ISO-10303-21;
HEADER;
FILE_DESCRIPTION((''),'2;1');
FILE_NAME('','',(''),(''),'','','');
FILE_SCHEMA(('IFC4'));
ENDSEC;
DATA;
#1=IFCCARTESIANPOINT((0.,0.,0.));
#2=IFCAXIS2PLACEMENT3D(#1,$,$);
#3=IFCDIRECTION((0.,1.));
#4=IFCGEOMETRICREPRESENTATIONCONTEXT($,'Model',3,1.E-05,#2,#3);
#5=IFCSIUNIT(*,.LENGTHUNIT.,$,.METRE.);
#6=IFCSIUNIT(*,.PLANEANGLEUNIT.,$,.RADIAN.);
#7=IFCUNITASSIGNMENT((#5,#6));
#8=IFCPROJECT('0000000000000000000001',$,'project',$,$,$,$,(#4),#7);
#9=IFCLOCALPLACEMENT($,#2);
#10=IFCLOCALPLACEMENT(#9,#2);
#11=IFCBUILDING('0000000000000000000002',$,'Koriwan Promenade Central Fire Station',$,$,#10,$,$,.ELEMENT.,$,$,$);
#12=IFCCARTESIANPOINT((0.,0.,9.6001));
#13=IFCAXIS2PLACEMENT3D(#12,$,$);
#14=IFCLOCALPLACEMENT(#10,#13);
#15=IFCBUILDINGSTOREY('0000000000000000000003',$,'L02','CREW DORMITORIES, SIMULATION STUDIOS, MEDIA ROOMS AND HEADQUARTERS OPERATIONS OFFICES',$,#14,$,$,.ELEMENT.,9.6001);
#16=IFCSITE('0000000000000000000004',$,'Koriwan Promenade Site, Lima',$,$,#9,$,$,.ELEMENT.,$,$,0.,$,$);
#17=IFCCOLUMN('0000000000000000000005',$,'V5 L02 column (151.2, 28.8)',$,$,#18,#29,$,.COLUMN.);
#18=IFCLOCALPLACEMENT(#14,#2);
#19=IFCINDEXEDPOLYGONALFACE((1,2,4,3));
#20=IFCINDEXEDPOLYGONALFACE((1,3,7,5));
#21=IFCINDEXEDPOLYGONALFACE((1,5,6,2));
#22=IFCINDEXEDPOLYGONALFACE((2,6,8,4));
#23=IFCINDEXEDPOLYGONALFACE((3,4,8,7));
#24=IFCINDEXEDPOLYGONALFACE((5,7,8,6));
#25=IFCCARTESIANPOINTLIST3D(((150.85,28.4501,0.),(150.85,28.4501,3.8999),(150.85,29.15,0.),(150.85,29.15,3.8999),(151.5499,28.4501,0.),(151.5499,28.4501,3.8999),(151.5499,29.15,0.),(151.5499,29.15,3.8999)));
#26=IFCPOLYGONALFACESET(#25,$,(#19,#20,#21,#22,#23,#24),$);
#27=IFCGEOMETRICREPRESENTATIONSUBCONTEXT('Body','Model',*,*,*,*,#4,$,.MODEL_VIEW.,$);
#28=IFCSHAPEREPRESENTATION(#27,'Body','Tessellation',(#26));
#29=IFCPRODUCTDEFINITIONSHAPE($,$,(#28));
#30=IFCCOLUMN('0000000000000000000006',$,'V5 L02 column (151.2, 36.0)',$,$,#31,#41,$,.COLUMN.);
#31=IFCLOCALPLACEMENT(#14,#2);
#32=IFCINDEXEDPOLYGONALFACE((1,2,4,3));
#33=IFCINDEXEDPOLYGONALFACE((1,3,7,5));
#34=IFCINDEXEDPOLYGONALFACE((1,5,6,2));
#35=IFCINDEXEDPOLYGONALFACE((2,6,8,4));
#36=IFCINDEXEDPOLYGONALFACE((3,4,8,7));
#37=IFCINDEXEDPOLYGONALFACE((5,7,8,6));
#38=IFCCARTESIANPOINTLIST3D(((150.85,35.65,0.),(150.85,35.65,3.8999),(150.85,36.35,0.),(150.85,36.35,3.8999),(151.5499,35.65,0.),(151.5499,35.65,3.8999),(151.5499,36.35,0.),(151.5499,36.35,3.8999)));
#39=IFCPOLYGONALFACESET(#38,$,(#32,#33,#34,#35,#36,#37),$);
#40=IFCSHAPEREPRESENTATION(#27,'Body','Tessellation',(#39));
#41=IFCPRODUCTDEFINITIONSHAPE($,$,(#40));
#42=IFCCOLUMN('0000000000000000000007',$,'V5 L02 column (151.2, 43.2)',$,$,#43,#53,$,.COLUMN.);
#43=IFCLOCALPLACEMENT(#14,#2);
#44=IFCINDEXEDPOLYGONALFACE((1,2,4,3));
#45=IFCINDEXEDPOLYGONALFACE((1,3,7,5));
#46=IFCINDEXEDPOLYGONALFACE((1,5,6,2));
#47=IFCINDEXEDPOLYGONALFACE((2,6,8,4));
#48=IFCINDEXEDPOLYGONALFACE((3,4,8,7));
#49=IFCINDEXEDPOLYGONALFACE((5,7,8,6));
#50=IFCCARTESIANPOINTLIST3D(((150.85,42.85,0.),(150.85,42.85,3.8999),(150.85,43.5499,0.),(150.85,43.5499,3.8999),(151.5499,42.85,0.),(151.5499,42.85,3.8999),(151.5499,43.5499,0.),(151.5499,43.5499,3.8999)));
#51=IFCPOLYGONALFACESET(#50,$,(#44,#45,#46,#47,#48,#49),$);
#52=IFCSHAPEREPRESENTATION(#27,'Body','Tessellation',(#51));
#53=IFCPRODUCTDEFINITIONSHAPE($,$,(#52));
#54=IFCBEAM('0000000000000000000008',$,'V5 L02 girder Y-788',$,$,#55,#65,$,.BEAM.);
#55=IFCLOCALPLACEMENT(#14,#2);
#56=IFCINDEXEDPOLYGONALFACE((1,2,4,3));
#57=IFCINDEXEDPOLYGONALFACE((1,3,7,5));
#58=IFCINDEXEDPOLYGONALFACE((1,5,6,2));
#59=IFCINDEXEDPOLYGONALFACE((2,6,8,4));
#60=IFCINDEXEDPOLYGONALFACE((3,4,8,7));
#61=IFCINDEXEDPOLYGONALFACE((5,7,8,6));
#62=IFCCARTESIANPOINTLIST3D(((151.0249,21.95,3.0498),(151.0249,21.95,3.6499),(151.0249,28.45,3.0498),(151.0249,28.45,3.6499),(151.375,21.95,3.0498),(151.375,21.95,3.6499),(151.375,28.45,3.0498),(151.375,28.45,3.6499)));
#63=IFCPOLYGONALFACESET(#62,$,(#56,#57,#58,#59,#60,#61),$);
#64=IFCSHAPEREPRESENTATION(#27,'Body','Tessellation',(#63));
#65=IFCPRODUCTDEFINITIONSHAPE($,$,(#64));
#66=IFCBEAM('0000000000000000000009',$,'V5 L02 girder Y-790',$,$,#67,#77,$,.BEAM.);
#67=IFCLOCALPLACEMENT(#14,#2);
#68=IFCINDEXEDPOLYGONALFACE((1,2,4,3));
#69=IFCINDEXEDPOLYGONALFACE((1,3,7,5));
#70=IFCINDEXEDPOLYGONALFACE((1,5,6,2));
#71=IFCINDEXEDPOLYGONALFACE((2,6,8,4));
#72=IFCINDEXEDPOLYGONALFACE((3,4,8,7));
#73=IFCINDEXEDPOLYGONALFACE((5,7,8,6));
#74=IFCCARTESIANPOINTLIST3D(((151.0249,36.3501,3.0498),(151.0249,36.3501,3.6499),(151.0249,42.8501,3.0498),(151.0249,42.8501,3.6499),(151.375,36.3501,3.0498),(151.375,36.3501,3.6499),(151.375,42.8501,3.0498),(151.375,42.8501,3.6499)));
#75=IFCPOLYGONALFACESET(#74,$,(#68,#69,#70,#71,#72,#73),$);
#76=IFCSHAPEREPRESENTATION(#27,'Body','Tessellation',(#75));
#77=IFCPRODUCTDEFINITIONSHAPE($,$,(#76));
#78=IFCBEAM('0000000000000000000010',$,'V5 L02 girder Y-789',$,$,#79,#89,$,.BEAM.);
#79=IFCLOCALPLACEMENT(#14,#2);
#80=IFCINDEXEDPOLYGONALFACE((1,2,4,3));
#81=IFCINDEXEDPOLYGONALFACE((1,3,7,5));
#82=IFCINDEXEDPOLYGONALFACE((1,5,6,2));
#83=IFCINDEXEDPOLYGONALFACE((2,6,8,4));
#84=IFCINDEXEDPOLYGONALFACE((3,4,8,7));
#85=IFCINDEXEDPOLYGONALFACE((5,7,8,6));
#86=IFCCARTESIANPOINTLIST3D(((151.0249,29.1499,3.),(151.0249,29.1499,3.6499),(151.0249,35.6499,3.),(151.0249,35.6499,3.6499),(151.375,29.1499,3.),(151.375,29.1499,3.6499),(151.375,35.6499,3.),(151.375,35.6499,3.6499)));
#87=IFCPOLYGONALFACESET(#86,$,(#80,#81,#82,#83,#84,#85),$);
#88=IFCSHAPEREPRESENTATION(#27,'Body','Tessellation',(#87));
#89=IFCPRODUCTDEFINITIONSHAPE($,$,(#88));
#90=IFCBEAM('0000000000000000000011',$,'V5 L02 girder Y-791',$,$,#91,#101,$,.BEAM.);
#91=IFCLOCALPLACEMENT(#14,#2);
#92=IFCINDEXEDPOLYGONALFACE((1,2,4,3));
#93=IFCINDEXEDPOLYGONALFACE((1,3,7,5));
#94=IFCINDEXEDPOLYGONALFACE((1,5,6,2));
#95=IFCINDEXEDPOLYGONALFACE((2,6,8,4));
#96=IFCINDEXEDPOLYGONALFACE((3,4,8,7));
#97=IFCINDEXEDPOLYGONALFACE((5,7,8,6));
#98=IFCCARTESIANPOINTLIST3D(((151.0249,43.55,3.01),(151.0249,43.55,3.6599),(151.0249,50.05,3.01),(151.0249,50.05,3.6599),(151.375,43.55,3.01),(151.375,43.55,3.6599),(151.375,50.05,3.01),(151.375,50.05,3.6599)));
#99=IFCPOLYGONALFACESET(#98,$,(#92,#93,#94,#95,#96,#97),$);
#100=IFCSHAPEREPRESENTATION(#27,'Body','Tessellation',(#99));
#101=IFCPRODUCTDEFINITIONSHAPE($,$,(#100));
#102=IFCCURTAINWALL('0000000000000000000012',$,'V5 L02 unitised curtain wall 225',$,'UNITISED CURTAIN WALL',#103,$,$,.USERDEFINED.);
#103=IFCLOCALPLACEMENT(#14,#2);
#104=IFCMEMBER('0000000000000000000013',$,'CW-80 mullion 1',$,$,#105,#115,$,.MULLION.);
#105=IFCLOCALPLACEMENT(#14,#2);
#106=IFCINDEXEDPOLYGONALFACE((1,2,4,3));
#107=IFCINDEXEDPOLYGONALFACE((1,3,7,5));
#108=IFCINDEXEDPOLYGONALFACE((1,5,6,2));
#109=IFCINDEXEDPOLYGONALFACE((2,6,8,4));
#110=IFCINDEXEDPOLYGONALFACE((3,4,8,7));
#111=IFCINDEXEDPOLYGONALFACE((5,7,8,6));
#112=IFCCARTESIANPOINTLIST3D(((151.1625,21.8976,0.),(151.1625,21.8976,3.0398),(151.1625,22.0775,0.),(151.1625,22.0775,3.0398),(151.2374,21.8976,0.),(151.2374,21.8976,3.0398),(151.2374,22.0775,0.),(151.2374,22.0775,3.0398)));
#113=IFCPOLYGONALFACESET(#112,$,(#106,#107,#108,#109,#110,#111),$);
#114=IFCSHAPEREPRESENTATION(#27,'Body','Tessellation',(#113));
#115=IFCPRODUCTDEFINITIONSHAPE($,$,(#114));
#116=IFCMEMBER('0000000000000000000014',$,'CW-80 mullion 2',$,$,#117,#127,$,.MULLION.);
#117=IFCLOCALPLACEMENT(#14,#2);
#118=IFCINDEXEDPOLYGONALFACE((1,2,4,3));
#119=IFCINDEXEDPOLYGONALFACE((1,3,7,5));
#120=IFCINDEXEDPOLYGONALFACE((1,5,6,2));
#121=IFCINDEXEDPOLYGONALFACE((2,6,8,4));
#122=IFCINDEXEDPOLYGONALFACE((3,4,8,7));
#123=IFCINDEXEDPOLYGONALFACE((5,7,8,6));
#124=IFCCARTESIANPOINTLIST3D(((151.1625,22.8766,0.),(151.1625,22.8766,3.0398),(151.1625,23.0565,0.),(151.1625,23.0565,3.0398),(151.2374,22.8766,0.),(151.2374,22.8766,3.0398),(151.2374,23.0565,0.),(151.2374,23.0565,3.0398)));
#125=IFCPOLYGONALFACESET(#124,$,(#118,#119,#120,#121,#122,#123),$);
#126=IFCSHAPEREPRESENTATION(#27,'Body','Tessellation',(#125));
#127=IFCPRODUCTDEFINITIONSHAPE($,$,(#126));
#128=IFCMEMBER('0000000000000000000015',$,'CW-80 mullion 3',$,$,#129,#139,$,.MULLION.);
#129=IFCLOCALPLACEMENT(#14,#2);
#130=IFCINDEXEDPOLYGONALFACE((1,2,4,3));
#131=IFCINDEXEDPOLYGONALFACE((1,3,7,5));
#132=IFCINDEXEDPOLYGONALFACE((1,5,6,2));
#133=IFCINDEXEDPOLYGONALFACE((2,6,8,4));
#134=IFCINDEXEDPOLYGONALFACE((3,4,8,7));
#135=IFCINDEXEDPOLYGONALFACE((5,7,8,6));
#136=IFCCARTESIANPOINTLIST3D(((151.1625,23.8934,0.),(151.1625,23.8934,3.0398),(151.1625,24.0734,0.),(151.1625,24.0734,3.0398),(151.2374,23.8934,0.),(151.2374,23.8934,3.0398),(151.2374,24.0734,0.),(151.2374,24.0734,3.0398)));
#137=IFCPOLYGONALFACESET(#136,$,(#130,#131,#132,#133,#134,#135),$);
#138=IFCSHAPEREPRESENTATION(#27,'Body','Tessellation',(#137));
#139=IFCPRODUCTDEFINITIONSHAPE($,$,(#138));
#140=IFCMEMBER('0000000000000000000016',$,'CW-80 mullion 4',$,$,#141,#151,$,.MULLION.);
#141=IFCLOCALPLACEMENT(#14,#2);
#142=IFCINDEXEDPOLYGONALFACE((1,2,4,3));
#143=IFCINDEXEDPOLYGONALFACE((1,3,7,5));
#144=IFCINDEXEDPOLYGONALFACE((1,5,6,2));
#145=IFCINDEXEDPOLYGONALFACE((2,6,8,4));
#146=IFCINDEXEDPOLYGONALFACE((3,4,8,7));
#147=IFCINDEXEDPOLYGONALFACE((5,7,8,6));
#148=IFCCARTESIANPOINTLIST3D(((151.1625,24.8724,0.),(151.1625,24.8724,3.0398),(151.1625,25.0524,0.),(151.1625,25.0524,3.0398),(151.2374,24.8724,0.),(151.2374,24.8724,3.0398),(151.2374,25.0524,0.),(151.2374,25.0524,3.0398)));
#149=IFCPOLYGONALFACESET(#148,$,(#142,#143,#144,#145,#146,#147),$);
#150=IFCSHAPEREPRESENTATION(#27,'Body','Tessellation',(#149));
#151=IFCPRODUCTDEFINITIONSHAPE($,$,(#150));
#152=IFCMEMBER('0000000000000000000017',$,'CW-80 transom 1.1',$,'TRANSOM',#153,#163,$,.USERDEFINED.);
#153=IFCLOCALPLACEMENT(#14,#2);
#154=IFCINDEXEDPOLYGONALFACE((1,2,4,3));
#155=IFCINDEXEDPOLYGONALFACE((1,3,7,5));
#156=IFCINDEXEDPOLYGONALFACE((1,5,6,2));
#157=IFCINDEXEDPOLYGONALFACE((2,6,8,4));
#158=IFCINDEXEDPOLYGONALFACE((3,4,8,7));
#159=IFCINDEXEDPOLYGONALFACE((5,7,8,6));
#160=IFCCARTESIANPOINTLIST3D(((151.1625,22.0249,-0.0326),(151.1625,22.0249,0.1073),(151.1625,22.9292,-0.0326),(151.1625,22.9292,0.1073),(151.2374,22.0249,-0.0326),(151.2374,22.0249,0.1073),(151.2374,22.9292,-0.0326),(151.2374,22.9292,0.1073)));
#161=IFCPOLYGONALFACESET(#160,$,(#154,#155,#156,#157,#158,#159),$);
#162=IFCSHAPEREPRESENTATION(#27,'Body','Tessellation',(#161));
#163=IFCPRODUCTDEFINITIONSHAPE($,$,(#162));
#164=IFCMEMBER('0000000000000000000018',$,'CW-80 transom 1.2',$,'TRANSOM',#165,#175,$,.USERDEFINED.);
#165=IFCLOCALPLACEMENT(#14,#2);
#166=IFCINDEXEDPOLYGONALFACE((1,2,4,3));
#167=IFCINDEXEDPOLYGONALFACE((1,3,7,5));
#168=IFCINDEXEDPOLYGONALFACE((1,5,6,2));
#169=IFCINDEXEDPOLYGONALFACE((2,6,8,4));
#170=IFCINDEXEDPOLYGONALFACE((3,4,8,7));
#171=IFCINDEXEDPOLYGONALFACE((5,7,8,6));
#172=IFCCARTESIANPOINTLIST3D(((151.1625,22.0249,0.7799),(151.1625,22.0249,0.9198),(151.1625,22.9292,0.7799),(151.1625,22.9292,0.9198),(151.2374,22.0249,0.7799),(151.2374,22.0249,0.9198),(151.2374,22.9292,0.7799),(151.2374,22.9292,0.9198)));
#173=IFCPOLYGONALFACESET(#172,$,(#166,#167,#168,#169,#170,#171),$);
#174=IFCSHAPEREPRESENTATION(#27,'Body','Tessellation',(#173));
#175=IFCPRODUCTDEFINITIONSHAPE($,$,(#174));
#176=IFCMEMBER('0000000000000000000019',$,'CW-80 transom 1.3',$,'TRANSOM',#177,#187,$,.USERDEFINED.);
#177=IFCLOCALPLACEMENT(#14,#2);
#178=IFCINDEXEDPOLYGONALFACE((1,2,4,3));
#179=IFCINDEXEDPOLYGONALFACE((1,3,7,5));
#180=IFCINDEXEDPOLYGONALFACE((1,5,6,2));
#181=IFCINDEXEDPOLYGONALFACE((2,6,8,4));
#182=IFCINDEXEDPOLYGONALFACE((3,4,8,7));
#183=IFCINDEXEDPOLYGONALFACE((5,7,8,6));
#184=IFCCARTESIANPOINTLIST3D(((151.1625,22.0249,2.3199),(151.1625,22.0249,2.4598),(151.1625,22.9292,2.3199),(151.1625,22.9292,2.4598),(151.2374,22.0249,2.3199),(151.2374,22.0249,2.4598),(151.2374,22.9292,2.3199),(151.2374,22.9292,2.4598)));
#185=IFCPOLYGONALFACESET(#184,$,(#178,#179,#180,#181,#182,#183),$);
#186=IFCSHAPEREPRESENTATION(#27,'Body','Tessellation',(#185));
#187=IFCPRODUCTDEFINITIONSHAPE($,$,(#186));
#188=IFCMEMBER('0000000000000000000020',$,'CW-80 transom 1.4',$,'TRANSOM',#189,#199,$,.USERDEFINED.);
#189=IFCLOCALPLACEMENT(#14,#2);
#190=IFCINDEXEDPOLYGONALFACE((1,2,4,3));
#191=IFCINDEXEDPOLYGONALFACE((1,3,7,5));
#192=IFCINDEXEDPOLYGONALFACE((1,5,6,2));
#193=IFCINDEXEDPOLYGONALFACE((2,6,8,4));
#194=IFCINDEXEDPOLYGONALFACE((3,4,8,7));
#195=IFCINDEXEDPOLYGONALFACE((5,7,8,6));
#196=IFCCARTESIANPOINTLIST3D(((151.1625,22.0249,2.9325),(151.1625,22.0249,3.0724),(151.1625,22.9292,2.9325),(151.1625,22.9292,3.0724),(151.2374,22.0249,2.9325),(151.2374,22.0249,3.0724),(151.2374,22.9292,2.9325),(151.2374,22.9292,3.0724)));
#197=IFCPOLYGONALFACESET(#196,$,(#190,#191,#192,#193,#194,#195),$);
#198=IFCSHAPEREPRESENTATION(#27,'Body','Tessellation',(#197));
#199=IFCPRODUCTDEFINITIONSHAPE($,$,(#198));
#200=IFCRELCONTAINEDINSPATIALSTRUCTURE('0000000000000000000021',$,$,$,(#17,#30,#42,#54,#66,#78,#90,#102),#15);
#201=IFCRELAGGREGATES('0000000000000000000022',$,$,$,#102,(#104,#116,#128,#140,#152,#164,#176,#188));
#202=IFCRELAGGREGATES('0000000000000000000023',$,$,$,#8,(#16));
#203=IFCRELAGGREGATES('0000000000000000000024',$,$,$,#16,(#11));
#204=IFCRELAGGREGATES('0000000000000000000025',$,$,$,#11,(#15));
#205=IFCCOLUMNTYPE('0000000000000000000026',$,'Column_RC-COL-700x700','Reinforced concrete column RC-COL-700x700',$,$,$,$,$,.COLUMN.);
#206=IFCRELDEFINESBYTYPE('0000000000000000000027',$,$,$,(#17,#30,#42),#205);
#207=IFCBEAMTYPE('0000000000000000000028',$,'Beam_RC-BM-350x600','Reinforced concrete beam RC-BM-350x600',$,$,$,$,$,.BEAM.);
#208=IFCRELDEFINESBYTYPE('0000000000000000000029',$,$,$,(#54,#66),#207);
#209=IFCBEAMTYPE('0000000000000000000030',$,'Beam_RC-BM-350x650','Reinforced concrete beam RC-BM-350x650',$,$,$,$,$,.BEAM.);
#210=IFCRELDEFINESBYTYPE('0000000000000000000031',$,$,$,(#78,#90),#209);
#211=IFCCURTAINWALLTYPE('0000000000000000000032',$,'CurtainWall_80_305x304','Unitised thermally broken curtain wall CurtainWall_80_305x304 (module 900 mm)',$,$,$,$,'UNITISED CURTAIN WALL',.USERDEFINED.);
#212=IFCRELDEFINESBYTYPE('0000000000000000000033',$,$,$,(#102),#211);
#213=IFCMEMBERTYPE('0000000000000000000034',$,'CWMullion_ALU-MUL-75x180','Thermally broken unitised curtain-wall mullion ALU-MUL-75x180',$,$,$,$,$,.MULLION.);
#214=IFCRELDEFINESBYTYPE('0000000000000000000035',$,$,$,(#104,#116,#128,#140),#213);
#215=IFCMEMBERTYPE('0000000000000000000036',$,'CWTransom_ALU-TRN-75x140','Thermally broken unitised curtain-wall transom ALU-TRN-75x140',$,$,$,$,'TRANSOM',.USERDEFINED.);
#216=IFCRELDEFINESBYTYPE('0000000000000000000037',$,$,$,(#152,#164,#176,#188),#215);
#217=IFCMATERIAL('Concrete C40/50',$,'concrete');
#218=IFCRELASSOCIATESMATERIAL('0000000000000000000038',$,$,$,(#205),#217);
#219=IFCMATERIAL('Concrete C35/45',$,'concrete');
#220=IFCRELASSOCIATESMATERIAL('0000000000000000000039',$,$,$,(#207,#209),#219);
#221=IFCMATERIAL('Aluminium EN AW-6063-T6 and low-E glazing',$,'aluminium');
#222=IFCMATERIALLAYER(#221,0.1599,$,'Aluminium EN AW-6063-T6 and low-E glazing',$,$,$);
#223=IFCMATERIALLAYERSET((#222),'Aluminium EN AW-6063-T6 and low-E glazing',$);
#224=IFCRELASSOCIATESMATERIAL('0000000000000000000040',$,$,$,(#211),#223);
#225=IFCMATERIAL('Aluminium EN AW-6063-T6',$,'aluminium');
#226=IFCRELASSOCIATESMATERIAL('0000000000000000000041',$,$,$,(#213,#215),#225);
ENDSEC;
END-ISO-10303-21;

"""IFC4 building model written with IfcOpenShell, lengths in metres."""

from ifc_helpers import new_model, si_unit, direction, frame, origin, origin_2d, place, context, subcontext, project, spatial, rectangle, extrude, material, layer, layer_set, material_profile, profile_set, type_object, element, aggregate, save


model = new_model("IFC4")

# Units and contexts
model_context = context("Model", 3, precision=1e-05, world=origin(), true_north=direction((0.0, 1.0)))
body_context = subcontext(model_context, "Body", "Model", "MODEL_VIEW")
ifc_project = project(units=[si_unit("LENGTHUNIT", "METRE"), si_unit("PLANEANGLEUNIT", "RADIAN")], contexts=[model_context])

# Site, building, storey
site_placement = place(None, origin())
site = spatial("IfcSite", under=ifc_project, at=site_placement, Name="Koriwan Promenade Site, Lima", CompositionType="ELEMENT", RefElevation=0.0)
building_placement = place(site_placement, origin())
building = spatial("IfcBuilding", under=site, at=building_placement, Name="Koriwan Promenade Central Fire Station", CompositionType="ELEMENT")
storey_placement = place(building_placement, frame((0.0, 0.0, 9.6001)))
storey = spatial("IfcBuildingStorey", under=building, at=storey_placement, Name="L02", Description="CREW DORMITORIES, SIMULATION STUDIOS, MEDIA ROOMS AND HEADQUARTERS OPERATIONS OFFICES", CompositionType="ELEMENT", Elevation=9.6001)

# Columns
ifc_material_1 = material(Name="Concrete C40/50", Category="concrete")
ifc_material_profile_1 = material_profile(ifc_material_1, rectangle(XDim=0.7, YDim=0.7, at=origin_2d()), Name="RC-COL-700x700")
ifc_profile_set_1 = profile_set([ifc_material_profile_1], Name="Concrete C40/50")
column_type = type_object("IfcColumnType", Name="Column_RC-COL-700x700", Description="Reinforced concrete column RC-COL-700x700", PredefinedType="COLUMN", material=ifc_profile_set_1)
for number, where, z_axis, x_axis, name in (
    (1, (151.2, 28.8, 0.0), (0.0, 0.0, 1.0), (1.0, 0.0, 0.0), "V5 L02 column (151.2, 28.8)"),
    (2, (151.2, 36.0, 0.0), (0.0, 0.0, 1.0), (1.0, 0.0, 0.0), "V5 L02 column (151.2, 36.0)"),
    (3, (151.2, 43.2, 0.0), (0.0, 0.0, 1.0), (1.0, 0.0, 0.0), "V5 L02 column (151.2, 43.2)"),
):
    element("IfcColumn", number, at=place(storey_placement, frame(where, z_axis=z_axis, x_axis=x_axis)), inside=storey, type_object=column_type, Name=name, PredefinedType="COLUMN", context=body_context, shape_type="SweptSolid", body=[
        extrude(rectangle(XDim=0.7, YDim=0.7, at=origin_2d()), origin(), (0.0, 0.0, 1.0), 3.8999),
    ])

# Beams
ifc_material_2 = material(Name="Concrete C35/45", Category="concrete")
ifc_material_profile_2 = material_profile(ifc_material_2, rectangle(XDim=0.3501, YDim=0.6001, at=origin_2d()), Name="RC-BM-350x600")
ifc_profile_set_2 = profile_set([ifc_material_profile_2], Name="Concrete C35/45")
beam_type_1 = type_object("IfcBeamType", Name="Beam_RC-BM-350x600", Description="Reinforced concrete beam RC-BM-350x600", PredefinedType="BEAM", material=ifc_profile_set_2)
for number, where, z_axis, x_axis, name in (
    (4, (151.2, 21.95, 3.3499), (0.0, 1.0, 0.0), (-1.0, 0.0, 0.0), "V5 L02 girder Y-788"),
    (5, (151.2, 36.3501, 3.3499), (0.0, 1.0, 0.0), (-1.0, 0.0, 0.0), "V5 L02 girder Y-790"),
):
    element("IfcBeam", number, at=place(storey_placement, frame(where, z_axis=z_axis, x_axis=x_axis)), inside=storey, type_object=beam_type_1, Name=name, PredefinedType="BEAM", context=body_context, shape_type="SweptSolid", body=[
        extrude(rectangle(XDim=0.3501, YDim=0.6001, at=origin_2d()), origin(), (0.0, 0.0, 1.0), 6.5),
    ])
ifc_material_profile_3 = material_profile(ifc_material_2, rectangle(XDim=0.3501, YDim=0.6499, at=origin_2d()), Name="RC-BM-350x650")
ifc_profile_set_3 = profile_set([ifc_material_profile_3], Name="Concrete C35/45")
beam_type_2 = type_object("IfcBeamType", Name="Beam_RC-BM-350x650", Description="Reinforced concrete beam RC-BM-350x650", PredefinedType="BEAM", material=ifc_profile_set_3)
for number, where, z_axis, x_axis, name in (
    (6, (151.2, 29.1499, 3.325), (0.0, 1.0, 0.0), (-1.0, 0.0, 0.0), "V5 L02 girder Y-789"),
    (7, (151.2, 43.55, 3.335), (0.0, 1.0, 0.0), (-1.0, 0.0, 0.0), "V5 L02 girder Y-791"),
):
    element("IfcBeam", number, at=place(storey_placement, frame(where, z_axis=z_axis, x_axis=x_axis)), inside=storey, type_object=beam_type_2, Name=name, PredefinedType="BEAM", context=body_context, shape_type="SweptSolid", body=[
        extrude(rectangle(XDim=0.3501, YDim=0.6499, at=origin_2d()), origin(), (0.0, 0.0, 1.0), 6.5),
    ])

# Curtain wall, members
ifc_material_3 = material(Name="Aluminium EN AW-6063-T6 and low-E glazing", Category="aluminium")
ifc_layer_1 = layer(ifc_material_3, 0.1599, Name="Aluminium EN AW-6063-T6 and low-E glazing")
ifc_layer_set_1 = layer_set([ifc_layer_1], Name="Aluminium EN AW-6063-T6 and low-E glazing")
curtain_wall_type = type_object("IfcCurtainWallType", Name="CurtainWall_80_305x304", Description="Unitised thermally broken curtain wall CurtainWall_80_305x304 (module 900 mm)", ElementType="UNITISED CURTAIN WALL", PredefinedType="USERDEFINED", material=ifc_layer_set_1)
curtain_wall_placement = place(storey_placement, origin())
curtain_wall = element("IfcCurtainWall", 8, at=curtain_wall_placement, inside=storey, type_object=curtain_wall_type, Name="V5 L02 unitised curtain wall 225", ObjectType="UNITISED CURTAIN WALL", PredefinedType="USERDEFINED")
ifc_material_4 = material(Name="Aluminium EN AW-6063-T6", Category="aluminium")
ifc_material_profile_4 = material_profile(ifc_material_4, rectangle(XDim=0.075, YDim=0.1799, at=origin_2d()), Name="ALU-MUL-75x180")
ifc_profile_set_4 = profile_set([ifc_material_profile_4], Name="Aluminium EN AW-6063-T6")
member_type_1 = type_object("IfcMemberType", Name="CWMullion_ALU-MUL-75x180", Description="Thermally broken unitised curtain-wall mullion ALU-MUL-75x180", PredefinedType="MULLION", material=ifc_profile_set_4)
member_1_placement = place(storey_placement, frame((151.2, 21.9875, 0.0), z_axis=(0.0, 0.0, 1.0), x_axis=(-1.0, 0.0, 0.0)))
member_1 = element("IfcMember", 9, at=member_1_placement, type_object=member_type_1, Name="CW-80 mullion 1", PredefinedType="MULLION", context=body_context, shape_type="SweptSolid", body=[
    extrude(rectangle(XDim=0.075, YDim=0.1799, at=origin_2d()), origin(), (0.0, 0.0, 1.0), 3.0398),
])
member_2_placement = place(storey_placement, frame((151.2, 22.9666, 0.0), z_axis=(0.0, 0.0, 1.0), x_axis=(-1.0, 0.0, 0.0)))
member_2 = element("IfcMember", 10, at=member_2_placement, type_object=member_type_1, Name="CW-80 mullion 2", PredefinedType="MULLION", context=body_context, shape_type="SweptSolid", body=[
    extrude(rectangle(XDim=0.075, YDim=0.1799, at=origin_2d()), origin(), (0.0, 0.0, 1.0), 3.0398),
])
member_3_placement = place(storey_placement, frame((151.2, 23.9834, 0.0), z_axis=(0.0, 0.0, 1.0), x_axis=(-1.0, 0.0, 0.0)))
member_3 = element("IfcMember", 11, at=member_3_placement, type_object=member_type_1, Name="CW-80 mullion 3", PredefinedType="MULLION", context=body_context, shape_type="SweptSolid", body=[
    extrude(rectangle(XDim=0.075, YDim=0.1799, at=origin_2d()), origin(), (0.0, 0.0, 1.0), 3.0398),
])
member_4_placement = place(storey_placement, frame((151.2, 24.9624, 0.0), z_axis=(0.0, 0.0, 1.0), x_axis=(-1.0, 0.0, 0.0)))
member_4 = element("IfcMember", 12, at=member_4_placement, type_object=member_type_1, Name="CW-80 mullion 4", PredefinedType="MULLION", context=body_context, shape_type="SweptSolid", body=[
    extrude(rectangle(XDim=0.075, YDim=0.1799, at=origin_2d()), origin(), (0.0, 0.0, 1.0), 3.0398),
])
ifc_material_profile_5 = material_profile(ifc_material_4, rectangle(XDim=0.075, YDim=0.1399, at=origin_2d()), Name="ALU-TRN-75x140")
ifc_profile_set_5 = profile_set([ifc_material_profile_5], Name="Aluminium EN AW-6063-T6")
member_type_2 = type_object("IfcMemberType", Name="CWTransom_ALU-TRN-75x140", Description="Thermally broken unitised curtain-wall transom ALU-TRN-75x140", ElementType="TRANSOM", PredefinedType="USERDEFINED", material=ifc_profile_set_5)
member_5_placement = place(storey_placement, frame((151.2, 22.0249, 0.0374), z_axis=(0.0, 1.0, 0.0), x_axis=(-1.0, 0.0, 0.0)))
member_5 = element("IfcMember", 13, at=member_5_placement, type_object=member_type_2, Name="CW-80 transom 1.1", ObjectType="TRANSOM", PredefinedType="USERDEFINED", context=body_context, shape_type="SweptSolid", body=[
    extrude(rectangle(XDim=0.075, YDim=0.1399, at=origin_2d()), origin(), (0.0, 0.0, 1.0), 0.9043),
])
member_6_placement = place(storey_placement, frame((151.2, 22.0249, 0.8499), z_axis=(0.0, 1.0, 0.0), x_axis=(-1.0, 0.0, 0.0)))
member_6 = element("IfcMember", 14, at=member_6_placement, type_object=member_type_2, Name="CW-80 transom 1.2", ObjectType="TRANSOM", PredefinedType="USERDEFINED", context=body_context, shape_type="SweptSolid", body=[
    extrude(rectangle(XDim=0.075, YDim=0.1399, at=origin_2d()), origin(), (0.0, 0.0, 1.0), 0.9043),
])
member_7_placement = place(storey_placement, frame((151.2, 22.0249, 2.3899), z_axis=(0.0, 1.0, 0.0), x_axis=(-1.0, 0.0, 0.0)))
member_7 = element("IfcMember", 15, at=member_7_placement, type_object=member_type_2, Name="CW-80 transom 1.3", ObjectType="TRANSOM", PredefinedType="USERDEFINED", context=body_context, shape_type="SweptSolid", body=[
    extrude(rectangle(XDim=0.075, YDim=0.1399, at=origin_2d()), origin(), (0.0, 0.0, 1.0), 0.9043),
])
member_8_placement = place(storey_placement, frame((151.2, 22.0249, 3.0024), z_axis=(0.0, 1.0, 0.0), x_axis=(-1.0, 0.0, 0.0)))
member_8 = element("IfcMember", 16, at=member_8_placement, type_object=member_type_2, Name="CW-80 transom 1.4", ObjectType="TRANSOM", PredefinedType="USERDEFINED", context=body_context, shape_type="SweptSolid", body=[
    extrude(rectangle(XDim=0.075, YDim=0.1399, at=origin_2d()), origin(), (0.0, 0.0, 1.0), 0.9043),
])
aggregate(curtain_wall, [member_1, member_2, member_3, member_4, member_5, member_6, member_7, member_8])

save(model, "model.ifc")
